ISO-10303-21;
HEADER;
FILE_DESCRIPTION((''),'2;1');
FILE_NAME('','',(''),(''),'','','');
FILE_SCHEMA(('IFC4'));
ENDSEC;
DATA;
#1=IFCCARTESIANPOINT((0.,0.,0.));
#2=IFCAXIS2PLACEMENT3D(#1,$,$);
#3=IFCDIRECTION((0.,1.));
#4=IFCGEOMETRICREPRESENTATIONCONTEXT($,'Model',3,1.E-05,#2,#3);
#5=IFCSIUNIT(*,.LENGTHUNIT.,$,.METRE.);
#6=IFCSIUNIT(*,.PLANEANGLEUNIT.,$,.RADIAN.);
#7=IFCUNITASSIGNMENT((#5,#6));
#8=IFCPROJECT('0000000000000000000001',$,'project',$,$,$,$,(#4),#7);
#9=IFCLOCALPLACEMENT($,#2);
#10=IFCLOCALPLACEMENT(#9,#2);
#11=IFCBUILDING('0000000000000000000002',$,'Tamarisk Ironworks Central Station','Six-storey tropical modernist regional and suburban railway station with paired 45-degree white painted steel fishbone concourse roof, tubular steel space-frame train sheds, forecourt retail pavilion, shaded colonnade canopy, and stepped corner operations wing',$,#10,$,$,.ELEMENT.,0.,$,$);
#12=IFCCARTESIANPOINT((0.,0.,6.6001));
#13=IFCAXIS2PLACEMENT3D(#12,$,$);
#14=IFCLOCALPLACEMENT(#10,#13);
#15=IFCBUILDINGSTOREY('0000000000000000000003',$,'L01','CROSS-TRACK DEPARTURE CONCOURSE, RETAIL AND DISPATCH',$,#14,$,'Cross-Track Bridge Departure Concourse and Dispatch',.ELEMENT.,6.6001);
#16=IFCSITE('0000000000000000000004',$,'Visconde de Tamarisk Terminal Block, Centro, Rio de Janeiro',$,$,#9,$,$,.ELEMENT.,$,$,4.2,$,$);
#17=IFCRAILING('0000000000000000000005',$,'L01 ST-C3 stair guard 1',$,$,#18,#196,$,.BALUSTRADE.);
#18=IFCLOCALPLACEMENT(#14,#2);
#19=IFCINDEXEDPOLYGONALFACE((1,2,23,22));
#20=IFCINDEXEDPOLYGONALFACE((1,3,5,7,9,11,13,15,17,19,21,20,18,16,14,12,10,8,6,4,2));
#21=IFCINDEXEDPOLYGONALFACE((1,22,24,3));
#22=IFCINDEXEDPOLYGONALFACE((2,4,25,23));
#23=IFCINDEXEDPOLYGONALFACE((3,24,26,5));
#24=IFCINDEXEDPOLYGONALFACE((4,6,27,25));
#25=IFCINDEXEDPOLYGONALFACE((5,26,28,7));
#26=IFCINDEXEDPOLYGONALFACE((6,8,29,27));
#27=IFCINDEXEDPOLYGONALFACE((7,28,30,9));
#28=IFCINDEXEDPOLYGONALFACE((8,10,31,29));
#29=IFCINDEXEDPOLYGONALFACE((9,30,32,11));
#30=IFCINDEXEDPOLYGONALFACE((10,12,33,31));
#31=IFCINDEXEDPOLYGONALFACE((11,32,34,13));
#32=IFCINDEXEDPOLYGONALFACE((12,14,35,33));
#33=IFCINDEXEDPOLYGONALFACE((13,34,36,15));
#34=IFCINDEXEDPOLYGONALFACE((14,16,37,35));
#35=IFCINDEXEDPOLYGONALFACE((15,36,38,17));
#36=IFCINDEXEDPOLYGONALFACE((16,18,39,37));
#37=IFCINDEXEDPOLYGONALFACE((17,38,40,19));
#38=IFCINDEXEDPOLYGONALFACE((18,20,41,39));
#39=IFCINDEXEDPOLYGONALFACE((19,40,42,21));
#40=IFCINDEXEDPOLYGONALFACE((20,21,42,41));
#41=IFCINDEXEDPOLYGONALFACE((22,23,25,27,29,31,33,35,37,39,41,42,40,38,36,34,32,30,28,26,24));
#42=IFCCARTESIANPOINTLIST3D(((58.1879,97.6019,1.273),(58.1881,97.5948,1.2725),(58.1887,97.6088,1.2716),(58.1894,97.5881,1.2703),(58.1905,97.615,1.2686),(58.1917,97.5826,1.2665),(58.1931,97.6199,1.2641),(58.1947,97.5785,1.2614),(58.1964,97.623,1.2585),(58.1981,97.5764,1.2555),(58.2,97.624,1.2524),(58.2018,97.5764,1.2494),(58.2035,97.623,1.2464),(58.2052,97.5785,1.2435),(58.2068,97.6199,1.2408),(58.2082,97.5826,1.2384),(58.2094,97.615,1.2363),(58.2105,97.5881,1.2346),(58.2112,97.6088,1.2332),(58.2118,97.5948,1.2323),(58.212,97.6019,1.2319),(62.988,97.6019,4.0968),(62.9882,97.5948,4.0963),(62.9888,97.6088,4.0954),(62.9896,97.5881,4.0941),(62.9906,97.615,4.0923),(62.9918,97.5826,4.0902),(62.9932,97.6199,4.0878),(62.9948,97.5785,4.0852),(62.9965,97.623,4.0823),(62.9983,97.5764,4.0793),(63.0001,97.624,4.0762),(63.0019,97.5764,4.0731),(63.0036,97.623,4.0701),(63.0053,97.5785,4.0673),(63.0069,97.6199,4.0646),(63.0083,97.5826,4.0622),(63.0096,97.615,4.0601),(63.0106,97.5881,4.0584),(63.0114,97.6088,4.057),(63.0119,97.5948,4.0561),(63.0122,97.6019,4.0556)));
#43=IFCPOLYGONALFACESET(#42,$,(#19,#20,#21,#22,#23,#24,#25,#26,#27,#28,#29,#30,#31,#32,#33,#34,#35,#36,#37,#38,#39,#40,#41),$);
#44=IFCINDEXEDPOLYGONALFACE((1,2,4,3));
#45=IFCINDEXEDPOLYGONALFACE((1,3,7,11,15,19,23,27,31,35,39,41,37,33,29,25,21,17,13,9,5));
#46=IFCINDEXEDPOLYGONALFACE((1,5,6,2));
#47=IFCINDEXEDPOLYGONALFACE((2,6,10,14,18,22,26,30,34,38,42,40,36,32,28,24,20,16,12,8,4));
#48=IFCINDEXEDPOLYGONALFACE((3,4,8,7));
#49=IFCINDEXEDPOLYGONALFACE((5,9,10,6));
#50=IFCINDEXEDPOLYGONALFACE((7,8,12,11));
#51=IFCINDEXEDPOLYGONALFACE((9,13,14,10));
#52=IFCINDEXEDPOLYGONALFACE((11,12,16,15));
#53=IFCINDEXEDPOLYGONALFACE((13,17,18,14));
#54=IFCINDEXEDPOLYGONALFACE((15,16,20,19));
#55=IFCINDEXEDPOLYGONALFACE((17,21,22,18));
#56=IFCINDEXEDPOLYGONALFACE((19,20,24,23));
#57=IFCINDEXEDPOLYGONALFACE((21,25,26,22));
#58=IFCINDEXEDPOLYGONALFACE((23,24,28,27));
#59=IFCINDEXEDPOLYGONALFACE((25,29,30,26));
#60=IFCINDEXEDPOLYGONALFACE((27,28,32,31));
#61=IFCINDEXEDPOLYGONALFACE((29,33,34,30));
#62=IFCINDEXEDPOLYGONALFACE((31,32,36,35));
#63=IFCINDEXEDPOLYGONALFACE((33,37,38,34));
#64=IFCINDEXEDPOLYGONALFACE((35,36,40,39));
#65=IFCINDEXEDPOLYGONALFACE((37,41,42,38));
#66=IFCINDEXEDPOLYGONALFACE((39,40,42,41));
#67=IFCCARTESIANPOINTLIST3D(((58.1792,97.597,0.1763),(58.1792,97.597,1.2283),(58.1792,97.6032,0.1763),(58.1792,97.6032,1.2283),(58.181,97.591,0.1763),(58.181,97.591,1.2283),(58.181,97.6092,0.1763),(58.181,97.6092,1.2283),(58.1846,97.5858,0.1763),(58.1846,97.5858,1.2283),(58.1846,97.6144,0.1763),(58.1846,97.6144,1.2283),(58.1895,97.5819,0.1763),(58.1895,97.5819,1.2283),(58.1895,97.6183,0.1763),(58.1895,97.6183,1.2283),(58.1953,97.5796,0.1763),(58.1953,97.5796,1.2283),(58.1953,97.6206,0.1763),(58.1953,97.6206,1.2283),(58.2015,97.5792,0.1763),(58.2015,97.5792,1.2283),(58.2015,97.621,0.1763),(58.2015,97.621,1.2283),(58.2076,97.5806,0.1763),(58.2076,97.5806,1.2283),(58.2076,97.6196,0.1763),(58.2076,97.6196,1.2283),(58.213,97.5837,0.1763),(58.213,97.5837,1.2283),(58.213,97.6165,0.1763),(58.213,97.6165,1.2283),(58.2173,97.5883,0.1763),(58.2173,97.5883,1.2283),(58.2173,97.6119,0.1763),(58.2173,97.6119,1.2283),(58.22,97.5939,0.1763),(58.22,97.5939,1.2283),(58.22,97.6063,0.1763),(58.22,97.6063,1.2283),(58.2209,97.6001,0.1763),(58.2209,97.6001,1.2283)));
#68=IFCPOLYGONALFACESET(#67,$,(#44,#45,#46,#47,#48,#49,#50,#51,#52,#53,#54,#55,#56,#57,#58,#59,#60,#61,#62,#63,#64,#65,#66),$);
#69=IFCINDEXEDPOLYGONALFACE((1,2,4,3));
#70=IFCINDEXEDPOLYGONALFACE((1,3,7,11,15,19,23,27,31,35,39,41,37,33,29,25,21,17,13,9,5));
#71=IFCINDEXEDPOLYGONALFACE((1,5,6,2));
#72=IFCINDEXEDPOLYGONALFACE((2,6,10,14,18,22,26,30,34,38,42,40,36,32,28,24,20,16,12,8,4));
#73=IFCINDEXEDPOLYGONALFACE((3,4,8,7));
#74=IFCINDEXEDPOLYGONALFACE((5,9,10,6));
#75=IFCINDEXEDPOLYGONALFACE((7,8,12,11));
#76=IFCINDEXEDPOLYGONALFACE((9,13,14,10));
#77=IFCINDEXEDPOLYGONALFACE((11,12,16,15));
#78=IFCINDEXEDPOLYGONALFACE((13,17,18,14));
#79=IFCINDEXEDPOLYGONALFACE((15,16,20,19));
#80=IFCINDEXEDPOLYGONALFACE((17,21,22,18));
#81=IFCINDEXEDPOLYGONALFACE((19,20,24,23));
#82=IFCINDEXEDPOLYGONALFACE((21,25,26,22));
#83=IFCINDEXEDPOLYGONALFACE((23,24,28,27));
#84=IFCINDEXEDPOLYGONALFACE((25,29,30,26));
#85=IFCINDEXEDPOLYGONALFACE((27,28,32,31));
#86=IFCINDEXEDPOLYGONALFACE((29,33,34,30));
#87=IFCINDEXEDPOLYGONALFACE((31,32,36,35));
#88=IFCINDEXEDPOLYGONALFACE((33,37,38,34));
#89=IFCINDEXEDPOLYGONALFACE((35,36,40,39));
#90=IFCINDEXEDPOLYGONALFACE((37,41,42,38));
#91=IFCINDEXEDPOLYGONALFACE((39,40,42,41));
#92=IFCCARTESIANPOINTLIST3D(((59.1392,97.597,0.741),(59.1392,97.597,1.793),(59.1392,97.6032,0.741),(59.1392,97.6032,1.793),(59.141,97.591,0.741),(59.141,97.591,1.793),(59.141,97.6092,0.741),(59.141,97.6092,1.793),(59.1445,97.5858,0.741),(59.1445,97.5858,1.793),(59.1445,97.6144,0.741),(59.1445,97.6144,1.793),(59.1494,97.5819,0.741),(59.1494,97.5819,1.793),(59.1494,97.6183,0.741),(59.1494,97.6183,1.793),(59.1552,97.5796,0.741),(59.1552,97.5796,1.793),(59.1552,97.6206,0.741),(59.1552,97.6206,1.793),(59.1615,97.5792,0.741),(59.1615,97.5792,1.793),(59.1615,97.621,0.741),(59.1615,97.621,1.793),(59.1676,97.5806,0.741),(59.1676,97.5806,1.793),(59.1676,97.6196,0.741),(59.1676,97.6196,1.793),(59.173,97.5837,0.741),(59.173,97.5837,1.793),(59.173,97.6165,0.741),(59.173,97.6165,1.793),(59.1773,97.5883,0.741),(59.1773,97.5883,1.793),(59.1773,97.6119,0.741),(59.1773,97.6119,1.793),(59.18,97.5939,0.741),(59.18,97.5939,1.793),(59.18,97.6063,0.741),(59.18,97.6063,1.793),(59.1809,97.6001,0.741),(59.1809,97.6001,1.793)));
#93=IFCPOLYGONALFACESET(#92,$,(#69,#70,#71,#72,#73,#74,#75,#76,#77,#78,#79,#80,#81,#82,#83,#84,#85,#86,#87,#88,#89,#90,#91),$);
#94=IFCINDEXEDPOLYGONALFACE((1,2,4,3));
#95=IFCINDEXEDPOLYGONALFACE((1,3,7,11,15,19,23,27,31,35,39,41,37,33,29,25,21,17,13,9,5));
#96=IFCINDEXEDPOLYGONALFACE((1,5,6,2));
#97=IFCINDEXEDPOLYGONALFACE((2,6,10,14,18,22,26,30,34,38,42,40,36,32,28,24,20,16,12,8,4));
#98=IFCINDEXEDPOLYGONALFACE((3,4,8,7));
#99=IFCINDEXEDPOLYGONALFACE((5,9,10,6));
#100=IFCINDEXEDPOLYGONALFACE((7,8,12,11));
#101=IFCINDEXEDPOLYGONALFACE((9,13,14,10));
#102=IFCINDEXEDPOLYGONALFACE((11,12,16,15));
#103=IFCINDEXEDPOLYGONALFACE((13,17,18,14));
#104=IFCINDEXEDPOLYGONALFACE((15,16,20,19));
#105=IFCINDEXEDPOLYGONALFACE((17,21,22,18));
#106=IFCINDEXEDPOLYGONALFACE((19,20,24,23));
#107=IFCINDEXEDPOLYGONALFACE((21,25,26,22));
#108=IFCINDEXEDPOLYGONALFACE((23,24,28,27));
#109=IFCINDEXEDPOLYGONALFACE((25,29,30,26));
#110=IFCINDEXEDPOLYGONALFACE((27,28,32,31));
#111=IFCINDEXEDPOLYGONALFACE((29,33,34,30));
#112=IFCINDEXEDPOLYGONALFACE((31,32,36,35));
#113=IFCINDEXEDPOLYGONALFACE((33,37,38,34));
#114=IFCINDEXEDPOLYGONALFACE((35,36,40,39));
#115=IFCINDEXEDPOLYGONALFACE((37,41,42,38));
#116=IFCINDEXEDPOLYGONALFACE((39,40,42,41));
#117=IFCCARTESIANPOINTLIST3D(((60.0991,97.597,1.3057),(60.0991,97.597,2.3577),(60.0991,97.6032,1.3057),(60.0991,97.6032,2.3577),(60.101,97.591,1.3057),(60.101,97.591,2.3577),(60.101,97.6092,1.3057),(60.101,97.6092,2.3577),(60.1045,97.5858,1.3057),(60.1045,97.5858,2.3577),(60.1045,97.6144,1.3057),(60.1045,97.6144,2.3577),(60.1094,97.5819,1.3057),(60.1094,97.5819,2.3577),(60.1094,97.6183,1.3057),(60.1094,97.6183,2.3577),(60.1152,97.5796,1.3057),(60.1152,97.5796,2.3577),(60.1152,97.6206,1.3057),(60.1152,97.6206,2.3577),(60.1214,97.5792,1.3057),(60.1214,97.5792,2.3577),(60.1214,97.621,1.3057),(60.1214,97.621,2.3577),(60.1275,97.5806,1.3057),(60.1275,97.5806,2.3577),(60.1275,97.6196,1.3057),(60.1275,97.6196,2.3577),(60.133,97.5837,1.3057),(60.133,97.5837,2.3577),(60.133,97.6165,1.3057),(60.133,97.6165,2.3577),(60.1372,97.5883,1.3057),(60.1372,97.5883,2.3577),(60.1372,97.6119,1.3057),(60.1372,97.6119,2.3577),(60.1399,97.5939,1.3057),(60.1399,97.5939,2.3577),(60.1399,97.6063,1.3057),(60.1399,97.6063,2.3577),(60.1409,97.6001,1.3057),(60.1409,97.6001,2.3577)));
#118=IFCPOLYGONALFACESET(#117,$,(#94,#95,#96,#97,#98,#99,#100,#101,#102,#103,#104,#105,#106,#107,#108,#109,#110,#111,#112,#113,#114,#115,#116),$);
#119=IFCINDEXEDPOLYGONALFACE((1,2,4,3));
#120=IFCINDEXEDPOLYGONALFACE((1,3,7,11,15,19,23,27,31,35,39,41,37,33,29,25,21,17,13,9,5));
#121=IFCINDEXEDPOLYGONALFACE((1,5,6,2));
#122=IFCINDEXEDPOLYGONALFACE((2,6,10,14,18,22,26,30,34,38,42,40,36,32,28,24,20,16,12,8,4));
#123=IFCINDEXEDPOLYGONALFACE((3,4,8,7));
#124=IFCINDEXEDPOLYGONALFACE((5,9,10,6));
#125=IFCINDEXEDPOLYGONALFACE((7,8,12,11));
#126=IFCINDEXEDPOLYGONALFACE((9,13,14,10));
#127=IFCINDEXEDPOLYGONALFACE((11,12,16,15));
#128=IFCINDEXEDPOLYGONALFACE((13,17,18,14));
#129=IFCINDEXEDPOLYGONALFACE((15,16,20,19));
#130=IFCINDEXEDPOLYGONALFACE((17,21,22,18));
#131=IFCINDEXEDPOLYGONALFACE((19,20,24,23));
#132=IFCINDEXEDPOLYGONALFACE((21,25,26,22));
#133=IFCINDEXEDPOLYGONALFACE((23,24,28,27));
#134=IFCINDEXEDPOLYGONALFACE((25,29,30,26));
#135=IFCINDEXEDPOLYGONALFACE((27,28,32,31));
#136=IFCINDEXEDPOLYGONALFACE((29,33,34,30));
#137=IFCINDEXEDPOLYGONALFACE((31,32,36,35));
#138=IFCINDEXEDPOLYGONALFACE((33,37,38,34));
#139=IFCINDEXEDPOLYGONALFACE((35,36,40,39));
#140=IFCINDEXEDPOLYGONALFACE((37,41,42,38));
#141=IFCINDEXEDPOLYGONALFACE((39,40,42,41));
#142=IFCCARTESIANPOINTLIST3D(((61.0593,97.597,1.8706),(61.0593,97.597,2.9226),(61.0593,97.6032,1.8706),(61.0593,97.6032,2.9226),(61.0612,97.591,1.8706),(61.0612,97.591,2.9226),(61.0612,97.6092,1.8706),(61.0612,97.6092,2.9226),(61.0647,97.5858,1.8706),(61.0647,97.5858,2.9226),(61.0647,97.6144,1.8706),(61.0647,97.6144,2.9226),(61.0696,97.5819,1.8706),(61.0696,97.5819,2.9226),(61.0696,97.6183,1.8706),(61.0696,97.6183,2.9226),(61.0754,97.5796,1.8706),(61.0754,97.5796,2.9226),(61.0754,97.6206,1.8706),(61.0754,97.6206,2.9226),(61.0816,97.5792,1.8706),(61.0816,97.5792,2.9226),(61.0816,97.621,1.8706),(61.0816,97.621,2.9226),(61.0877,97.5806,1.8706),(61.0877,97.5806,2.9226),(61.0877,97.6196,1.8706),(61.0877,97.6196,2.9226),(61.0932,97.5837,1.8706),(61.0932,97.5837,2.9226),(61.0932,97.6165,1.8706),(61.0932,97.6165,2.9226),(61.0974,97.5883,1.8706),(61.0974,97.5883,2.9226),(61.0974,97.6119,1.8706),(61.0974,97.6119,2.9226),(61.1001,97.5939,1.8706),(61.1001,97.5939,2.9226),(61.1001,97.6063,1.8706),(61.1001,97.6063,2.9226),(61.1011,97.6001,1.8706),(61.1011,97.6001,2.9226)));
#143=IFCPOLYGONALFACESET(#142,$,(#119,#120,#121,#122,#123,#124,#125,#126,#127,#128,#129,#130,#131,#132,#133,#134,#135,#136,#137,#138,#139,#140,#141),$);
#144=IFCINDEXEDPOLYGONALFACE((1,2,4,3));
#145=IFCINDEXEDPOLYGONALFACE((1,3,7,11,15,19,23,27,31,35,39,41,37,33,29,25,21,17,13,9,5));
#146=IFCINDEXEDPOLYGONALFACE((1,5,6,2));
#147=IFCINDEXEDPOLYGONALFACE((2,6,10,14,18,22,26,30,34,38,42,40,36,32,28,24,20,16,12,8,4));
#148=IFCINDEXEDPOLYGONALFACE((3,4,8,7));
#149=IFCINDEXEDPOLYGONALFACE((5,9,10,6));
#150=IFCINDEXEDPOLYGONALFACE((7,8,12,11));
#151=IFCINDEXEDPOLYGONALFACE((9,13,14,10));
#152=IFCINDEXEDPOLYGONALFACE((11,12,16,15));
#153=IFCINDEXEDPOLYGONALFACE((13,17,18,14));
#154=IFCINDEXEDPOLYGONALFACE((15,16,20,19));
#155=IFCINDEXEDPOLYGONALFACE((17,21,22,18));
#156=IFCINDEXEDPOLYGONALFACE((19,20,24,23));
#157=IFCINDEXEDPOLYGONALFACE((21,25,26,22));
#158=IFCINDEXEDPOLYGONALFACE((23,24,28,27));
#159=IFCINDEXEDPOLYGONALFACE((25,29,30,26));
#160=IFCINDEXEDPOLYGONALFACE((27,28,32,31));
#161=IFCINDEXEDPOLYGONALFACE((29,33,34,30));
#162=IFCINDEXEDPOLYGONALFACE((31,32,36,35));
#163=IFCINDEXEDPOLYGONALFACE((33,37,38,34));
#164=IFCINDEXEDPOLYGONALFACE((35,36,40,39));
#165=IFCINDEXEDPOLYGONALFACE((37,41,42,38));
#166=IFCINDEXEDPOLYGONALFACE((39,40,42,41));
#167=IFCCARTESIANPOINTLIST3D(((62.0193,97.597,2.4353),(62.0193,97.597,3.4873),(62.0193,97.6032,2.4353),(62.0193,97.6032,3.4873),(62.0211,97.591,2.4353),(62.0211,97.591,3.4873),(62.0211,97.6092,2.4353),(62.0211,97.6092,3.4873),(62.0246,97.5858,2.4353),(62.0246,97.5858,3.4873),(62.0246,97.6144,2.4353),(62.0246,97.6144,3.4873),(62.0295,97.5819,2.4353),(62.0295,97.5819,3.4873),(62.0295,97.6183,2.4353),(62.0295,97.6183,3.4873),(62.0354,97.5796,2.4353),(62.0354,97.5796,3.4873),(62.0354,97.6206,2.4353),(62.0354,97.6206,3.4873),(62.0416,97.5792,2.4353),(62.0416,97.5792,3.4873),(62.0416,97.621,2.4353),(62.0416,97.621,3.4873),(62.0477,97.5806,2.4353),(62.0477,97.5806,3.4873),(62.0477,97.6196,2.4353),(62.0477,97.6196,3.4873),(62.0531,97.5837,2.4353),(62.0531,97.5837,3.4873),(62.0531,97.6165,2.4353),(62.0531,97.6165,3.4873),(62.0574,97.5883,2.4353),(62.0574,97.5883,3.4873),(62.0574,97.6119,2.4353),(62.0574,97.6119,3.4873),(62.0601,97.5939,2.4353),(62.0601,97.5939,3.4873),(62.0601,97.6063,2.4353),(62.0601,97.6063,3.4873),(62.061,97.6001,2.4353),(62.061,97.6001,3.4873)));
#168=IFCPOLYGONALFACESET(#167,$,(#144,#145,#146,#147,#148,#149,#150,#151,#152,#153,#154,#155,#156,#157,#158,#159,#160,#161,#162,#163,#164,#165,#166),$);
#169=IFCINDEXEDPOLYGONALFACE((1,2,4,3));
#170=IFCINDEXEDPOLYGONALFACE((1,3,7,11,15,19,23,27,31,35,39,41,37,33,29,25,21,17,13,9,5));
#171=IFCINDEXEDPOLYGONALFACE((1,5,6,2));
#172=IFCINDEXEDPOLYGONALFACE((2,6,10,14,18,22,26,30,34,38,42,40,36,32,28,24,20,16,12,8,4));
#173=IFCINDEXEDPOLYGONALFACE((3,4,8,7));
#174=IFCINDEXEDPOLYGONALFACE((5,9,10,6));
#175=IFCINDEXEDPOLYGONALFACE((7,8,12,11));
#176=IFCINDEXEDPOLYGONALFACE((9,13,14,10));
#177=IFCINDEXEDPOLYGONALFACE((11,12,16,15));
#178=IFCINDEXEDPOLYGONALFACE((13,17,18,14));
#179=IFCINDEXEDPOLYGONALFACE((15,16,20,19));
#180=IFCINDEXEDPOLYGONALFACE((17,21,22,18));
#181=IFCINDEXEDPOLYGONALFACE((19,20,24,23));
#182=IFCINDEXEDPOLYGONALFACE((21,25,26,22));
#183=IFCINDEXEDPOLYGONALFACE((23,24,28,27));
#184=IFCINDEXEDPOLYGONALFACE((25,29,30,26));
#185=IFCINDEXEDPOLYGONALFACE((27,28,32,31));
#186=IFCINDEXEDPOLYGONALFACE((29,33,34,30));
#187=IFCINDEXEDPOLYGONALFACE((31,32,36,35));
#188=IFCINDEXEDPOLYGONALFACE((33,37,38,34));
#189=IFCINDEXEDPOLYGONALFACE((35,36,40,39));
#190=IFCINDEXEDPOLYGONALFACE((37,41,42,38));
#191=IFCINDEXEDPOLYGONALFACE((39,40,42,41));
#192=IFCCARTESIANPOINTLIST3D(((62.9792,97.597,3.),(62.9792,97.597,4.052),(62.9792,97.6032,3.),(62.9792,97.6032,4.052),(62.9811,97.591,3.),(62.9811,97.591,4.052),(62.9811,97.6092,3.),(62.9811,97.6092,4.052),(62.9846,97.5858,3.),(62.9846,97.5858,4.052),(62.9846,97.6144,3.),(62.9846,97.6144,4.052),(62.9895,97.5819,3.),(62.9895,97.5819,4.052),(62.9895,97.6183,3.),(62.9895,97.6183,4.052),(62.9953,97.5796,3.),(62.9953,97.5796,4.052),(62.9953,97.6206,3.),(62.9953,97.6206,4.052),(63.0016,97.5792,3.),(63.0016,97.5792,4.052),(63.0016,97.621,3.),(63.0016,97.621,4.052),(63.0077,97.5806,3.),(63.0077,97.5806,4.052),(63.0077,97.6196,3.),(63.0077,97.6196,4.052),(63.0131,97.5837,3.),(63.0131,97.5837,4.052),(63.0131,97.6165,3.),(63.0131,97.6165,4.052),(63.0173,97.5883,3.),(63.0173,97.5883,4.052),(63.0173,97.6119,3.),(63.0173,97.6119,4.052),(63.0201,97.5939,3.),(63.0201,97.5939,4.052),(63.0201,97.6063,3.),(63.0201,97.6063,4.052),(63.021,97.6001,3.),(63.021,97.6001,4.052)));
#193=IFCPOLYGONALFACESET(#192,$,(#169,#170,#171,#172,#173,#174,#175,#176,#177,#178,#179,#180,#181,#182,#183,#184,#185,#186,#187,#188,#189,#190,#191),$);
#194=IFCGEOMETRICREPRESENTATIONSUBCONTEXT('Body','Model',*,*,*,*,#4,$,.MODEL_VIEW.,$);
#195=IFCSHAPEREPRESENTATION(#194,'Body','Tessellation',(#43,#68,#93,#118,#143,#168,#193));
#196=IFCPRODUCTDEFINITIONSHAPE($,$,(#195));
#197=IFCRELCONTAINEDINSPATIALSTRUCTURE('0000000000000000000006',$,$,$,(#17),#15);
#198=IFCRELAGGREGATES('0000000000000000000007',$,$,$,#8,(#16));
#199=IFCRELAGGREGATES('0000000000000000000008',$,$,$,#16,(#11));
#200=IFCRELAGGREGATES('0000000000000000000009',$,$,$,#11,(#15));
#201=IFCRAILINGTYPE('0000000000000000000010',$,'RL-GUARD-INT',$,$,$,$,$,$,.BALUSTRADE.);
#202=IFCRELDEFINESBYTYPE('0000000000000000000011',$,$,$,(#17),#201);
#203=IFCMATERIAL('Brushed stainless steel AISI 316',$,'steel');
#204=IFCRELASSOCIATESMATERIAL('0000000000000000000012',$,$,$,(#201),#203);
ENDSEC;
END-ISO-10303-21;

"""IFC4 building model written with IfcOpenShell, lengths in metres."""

from ifc_helpers import new_model, si_unit, direction, frame, origin, origin_2d, place, context, subcontext, project, spatial, circle, extrude, material, type_object, element, save


model = new_model("IFC4")

# Units and contexts
model_context = context("Model", 3, precision=1e-05, world=origin(), true_north=direction((0.0, 1.0)))
body_context = subcontext(model_context, "Body", "Model", "MODEL_VIEW")
ifc_project = project(units=[si_unit("LENGTHUNIT", "METRE"), si_unit("PLANEANGLEUNIT", "RADIAN")], contexts=[model_context])

# Site, building, storey
site_placement = place(None, origin())
site = spatial("IfcSite", under=ifc_project, at=site_placement, Name="Visconde de Tamarisk Terminal Block, Centro, Rio de Janeiro", CompositionType="ELEMENT", RefElevation=4.2)
building_placement = place(site_placement, origin())
building = spatial("IfcBuilding", under=site, at=building_placement, Name="Tamarisk Ironworks Central Station", Description="Six-storey tropical modernist regional and suburban railway station with paired 45-degree white painted steel fishbone concourse roof, tubular steel space-frame train sheds, forecourt retail pavilion, shaded colonnade canopy, and stepped corner operations wing", CompositionType="ELEMENT", ElevationOfRefHeight=0.0)
storey_placement = place(building_placement, frame((0.0, 0.0, 6.6001)))
storey = spatial("IfcBuildingStorey", under=building, at=storey_placement, Name="L01", Description="CROSS-TRACK DEPARTURE CONCOURSE, RETAIL AND DISPATCH", LongName="Cross-Track Bridge Departure Concourse and Dispatch", CompositionType="ELEMENT", Elevation=6.6001)

# Railing
ifc_material_1 = material(Name="Brushed stainless steel AISI 316", Category="steel")
railing_type_1 = type_object("IfcRailingType", Name="RL-GUARD-INT", PredefinedType="BALUSTRADE", material=ifc_material_1)
railing_1_placement = place(storey_placement, frame((58.2, 97.6001, 0.1763)))
element("IfcRailing", 1, at=railing_1_placement, inside=storey, type_object=railing_type_1, Name="L01 ST-C3 stair guard 1", PredefinedType="BALUSTRADE", context=body_context, shape_type="SweptSolid", body=[
    extrude(circle(Radius=0.0239, at=origin_2d()), frame((0.0, 0.0, 1.0762), z_axis=(0.861921, 0.0, 0.507043), x_axis=(0.0, 1.0, 0.0)), (0.0, 0.0, 1.0), 5.5691),
    extrude(circle(Radius=0.021, at=origin_2d()), origin(), (0.0, 0.0, 1.0), 1.052),
    extrude(circle(Radius=0.021, at=origin_2d()), frame((0.96, 0.0, 0.5647)), (0.0, 0.0, 1.0), 1.052),
    extrude(circle(Radius=0.021, at=origin_2d()), frame((1.9199, 0.0, 1.1294)), (0.0, 0.0, 1.0), 1.052),
    extrude(circle(Radius=0.021, at=origin_2d()), frame((2.8801, 0.0, 1.6943)), (0.0, 0.0, 1.0), 1.052),
    extrude(circle(Radius=0.021, at=origin_2d()), frame((3.8401, 0.0, 2.259)), (0.0, 0.0, 1.0), 1.052),
    extrude(circle(Radius=0.021, at=origin_2d()), frame((4.8, 0.0, 2.8237)), (0.0, 0.0, 1.0), 1.052),
])

save(model, "model.ifc")
